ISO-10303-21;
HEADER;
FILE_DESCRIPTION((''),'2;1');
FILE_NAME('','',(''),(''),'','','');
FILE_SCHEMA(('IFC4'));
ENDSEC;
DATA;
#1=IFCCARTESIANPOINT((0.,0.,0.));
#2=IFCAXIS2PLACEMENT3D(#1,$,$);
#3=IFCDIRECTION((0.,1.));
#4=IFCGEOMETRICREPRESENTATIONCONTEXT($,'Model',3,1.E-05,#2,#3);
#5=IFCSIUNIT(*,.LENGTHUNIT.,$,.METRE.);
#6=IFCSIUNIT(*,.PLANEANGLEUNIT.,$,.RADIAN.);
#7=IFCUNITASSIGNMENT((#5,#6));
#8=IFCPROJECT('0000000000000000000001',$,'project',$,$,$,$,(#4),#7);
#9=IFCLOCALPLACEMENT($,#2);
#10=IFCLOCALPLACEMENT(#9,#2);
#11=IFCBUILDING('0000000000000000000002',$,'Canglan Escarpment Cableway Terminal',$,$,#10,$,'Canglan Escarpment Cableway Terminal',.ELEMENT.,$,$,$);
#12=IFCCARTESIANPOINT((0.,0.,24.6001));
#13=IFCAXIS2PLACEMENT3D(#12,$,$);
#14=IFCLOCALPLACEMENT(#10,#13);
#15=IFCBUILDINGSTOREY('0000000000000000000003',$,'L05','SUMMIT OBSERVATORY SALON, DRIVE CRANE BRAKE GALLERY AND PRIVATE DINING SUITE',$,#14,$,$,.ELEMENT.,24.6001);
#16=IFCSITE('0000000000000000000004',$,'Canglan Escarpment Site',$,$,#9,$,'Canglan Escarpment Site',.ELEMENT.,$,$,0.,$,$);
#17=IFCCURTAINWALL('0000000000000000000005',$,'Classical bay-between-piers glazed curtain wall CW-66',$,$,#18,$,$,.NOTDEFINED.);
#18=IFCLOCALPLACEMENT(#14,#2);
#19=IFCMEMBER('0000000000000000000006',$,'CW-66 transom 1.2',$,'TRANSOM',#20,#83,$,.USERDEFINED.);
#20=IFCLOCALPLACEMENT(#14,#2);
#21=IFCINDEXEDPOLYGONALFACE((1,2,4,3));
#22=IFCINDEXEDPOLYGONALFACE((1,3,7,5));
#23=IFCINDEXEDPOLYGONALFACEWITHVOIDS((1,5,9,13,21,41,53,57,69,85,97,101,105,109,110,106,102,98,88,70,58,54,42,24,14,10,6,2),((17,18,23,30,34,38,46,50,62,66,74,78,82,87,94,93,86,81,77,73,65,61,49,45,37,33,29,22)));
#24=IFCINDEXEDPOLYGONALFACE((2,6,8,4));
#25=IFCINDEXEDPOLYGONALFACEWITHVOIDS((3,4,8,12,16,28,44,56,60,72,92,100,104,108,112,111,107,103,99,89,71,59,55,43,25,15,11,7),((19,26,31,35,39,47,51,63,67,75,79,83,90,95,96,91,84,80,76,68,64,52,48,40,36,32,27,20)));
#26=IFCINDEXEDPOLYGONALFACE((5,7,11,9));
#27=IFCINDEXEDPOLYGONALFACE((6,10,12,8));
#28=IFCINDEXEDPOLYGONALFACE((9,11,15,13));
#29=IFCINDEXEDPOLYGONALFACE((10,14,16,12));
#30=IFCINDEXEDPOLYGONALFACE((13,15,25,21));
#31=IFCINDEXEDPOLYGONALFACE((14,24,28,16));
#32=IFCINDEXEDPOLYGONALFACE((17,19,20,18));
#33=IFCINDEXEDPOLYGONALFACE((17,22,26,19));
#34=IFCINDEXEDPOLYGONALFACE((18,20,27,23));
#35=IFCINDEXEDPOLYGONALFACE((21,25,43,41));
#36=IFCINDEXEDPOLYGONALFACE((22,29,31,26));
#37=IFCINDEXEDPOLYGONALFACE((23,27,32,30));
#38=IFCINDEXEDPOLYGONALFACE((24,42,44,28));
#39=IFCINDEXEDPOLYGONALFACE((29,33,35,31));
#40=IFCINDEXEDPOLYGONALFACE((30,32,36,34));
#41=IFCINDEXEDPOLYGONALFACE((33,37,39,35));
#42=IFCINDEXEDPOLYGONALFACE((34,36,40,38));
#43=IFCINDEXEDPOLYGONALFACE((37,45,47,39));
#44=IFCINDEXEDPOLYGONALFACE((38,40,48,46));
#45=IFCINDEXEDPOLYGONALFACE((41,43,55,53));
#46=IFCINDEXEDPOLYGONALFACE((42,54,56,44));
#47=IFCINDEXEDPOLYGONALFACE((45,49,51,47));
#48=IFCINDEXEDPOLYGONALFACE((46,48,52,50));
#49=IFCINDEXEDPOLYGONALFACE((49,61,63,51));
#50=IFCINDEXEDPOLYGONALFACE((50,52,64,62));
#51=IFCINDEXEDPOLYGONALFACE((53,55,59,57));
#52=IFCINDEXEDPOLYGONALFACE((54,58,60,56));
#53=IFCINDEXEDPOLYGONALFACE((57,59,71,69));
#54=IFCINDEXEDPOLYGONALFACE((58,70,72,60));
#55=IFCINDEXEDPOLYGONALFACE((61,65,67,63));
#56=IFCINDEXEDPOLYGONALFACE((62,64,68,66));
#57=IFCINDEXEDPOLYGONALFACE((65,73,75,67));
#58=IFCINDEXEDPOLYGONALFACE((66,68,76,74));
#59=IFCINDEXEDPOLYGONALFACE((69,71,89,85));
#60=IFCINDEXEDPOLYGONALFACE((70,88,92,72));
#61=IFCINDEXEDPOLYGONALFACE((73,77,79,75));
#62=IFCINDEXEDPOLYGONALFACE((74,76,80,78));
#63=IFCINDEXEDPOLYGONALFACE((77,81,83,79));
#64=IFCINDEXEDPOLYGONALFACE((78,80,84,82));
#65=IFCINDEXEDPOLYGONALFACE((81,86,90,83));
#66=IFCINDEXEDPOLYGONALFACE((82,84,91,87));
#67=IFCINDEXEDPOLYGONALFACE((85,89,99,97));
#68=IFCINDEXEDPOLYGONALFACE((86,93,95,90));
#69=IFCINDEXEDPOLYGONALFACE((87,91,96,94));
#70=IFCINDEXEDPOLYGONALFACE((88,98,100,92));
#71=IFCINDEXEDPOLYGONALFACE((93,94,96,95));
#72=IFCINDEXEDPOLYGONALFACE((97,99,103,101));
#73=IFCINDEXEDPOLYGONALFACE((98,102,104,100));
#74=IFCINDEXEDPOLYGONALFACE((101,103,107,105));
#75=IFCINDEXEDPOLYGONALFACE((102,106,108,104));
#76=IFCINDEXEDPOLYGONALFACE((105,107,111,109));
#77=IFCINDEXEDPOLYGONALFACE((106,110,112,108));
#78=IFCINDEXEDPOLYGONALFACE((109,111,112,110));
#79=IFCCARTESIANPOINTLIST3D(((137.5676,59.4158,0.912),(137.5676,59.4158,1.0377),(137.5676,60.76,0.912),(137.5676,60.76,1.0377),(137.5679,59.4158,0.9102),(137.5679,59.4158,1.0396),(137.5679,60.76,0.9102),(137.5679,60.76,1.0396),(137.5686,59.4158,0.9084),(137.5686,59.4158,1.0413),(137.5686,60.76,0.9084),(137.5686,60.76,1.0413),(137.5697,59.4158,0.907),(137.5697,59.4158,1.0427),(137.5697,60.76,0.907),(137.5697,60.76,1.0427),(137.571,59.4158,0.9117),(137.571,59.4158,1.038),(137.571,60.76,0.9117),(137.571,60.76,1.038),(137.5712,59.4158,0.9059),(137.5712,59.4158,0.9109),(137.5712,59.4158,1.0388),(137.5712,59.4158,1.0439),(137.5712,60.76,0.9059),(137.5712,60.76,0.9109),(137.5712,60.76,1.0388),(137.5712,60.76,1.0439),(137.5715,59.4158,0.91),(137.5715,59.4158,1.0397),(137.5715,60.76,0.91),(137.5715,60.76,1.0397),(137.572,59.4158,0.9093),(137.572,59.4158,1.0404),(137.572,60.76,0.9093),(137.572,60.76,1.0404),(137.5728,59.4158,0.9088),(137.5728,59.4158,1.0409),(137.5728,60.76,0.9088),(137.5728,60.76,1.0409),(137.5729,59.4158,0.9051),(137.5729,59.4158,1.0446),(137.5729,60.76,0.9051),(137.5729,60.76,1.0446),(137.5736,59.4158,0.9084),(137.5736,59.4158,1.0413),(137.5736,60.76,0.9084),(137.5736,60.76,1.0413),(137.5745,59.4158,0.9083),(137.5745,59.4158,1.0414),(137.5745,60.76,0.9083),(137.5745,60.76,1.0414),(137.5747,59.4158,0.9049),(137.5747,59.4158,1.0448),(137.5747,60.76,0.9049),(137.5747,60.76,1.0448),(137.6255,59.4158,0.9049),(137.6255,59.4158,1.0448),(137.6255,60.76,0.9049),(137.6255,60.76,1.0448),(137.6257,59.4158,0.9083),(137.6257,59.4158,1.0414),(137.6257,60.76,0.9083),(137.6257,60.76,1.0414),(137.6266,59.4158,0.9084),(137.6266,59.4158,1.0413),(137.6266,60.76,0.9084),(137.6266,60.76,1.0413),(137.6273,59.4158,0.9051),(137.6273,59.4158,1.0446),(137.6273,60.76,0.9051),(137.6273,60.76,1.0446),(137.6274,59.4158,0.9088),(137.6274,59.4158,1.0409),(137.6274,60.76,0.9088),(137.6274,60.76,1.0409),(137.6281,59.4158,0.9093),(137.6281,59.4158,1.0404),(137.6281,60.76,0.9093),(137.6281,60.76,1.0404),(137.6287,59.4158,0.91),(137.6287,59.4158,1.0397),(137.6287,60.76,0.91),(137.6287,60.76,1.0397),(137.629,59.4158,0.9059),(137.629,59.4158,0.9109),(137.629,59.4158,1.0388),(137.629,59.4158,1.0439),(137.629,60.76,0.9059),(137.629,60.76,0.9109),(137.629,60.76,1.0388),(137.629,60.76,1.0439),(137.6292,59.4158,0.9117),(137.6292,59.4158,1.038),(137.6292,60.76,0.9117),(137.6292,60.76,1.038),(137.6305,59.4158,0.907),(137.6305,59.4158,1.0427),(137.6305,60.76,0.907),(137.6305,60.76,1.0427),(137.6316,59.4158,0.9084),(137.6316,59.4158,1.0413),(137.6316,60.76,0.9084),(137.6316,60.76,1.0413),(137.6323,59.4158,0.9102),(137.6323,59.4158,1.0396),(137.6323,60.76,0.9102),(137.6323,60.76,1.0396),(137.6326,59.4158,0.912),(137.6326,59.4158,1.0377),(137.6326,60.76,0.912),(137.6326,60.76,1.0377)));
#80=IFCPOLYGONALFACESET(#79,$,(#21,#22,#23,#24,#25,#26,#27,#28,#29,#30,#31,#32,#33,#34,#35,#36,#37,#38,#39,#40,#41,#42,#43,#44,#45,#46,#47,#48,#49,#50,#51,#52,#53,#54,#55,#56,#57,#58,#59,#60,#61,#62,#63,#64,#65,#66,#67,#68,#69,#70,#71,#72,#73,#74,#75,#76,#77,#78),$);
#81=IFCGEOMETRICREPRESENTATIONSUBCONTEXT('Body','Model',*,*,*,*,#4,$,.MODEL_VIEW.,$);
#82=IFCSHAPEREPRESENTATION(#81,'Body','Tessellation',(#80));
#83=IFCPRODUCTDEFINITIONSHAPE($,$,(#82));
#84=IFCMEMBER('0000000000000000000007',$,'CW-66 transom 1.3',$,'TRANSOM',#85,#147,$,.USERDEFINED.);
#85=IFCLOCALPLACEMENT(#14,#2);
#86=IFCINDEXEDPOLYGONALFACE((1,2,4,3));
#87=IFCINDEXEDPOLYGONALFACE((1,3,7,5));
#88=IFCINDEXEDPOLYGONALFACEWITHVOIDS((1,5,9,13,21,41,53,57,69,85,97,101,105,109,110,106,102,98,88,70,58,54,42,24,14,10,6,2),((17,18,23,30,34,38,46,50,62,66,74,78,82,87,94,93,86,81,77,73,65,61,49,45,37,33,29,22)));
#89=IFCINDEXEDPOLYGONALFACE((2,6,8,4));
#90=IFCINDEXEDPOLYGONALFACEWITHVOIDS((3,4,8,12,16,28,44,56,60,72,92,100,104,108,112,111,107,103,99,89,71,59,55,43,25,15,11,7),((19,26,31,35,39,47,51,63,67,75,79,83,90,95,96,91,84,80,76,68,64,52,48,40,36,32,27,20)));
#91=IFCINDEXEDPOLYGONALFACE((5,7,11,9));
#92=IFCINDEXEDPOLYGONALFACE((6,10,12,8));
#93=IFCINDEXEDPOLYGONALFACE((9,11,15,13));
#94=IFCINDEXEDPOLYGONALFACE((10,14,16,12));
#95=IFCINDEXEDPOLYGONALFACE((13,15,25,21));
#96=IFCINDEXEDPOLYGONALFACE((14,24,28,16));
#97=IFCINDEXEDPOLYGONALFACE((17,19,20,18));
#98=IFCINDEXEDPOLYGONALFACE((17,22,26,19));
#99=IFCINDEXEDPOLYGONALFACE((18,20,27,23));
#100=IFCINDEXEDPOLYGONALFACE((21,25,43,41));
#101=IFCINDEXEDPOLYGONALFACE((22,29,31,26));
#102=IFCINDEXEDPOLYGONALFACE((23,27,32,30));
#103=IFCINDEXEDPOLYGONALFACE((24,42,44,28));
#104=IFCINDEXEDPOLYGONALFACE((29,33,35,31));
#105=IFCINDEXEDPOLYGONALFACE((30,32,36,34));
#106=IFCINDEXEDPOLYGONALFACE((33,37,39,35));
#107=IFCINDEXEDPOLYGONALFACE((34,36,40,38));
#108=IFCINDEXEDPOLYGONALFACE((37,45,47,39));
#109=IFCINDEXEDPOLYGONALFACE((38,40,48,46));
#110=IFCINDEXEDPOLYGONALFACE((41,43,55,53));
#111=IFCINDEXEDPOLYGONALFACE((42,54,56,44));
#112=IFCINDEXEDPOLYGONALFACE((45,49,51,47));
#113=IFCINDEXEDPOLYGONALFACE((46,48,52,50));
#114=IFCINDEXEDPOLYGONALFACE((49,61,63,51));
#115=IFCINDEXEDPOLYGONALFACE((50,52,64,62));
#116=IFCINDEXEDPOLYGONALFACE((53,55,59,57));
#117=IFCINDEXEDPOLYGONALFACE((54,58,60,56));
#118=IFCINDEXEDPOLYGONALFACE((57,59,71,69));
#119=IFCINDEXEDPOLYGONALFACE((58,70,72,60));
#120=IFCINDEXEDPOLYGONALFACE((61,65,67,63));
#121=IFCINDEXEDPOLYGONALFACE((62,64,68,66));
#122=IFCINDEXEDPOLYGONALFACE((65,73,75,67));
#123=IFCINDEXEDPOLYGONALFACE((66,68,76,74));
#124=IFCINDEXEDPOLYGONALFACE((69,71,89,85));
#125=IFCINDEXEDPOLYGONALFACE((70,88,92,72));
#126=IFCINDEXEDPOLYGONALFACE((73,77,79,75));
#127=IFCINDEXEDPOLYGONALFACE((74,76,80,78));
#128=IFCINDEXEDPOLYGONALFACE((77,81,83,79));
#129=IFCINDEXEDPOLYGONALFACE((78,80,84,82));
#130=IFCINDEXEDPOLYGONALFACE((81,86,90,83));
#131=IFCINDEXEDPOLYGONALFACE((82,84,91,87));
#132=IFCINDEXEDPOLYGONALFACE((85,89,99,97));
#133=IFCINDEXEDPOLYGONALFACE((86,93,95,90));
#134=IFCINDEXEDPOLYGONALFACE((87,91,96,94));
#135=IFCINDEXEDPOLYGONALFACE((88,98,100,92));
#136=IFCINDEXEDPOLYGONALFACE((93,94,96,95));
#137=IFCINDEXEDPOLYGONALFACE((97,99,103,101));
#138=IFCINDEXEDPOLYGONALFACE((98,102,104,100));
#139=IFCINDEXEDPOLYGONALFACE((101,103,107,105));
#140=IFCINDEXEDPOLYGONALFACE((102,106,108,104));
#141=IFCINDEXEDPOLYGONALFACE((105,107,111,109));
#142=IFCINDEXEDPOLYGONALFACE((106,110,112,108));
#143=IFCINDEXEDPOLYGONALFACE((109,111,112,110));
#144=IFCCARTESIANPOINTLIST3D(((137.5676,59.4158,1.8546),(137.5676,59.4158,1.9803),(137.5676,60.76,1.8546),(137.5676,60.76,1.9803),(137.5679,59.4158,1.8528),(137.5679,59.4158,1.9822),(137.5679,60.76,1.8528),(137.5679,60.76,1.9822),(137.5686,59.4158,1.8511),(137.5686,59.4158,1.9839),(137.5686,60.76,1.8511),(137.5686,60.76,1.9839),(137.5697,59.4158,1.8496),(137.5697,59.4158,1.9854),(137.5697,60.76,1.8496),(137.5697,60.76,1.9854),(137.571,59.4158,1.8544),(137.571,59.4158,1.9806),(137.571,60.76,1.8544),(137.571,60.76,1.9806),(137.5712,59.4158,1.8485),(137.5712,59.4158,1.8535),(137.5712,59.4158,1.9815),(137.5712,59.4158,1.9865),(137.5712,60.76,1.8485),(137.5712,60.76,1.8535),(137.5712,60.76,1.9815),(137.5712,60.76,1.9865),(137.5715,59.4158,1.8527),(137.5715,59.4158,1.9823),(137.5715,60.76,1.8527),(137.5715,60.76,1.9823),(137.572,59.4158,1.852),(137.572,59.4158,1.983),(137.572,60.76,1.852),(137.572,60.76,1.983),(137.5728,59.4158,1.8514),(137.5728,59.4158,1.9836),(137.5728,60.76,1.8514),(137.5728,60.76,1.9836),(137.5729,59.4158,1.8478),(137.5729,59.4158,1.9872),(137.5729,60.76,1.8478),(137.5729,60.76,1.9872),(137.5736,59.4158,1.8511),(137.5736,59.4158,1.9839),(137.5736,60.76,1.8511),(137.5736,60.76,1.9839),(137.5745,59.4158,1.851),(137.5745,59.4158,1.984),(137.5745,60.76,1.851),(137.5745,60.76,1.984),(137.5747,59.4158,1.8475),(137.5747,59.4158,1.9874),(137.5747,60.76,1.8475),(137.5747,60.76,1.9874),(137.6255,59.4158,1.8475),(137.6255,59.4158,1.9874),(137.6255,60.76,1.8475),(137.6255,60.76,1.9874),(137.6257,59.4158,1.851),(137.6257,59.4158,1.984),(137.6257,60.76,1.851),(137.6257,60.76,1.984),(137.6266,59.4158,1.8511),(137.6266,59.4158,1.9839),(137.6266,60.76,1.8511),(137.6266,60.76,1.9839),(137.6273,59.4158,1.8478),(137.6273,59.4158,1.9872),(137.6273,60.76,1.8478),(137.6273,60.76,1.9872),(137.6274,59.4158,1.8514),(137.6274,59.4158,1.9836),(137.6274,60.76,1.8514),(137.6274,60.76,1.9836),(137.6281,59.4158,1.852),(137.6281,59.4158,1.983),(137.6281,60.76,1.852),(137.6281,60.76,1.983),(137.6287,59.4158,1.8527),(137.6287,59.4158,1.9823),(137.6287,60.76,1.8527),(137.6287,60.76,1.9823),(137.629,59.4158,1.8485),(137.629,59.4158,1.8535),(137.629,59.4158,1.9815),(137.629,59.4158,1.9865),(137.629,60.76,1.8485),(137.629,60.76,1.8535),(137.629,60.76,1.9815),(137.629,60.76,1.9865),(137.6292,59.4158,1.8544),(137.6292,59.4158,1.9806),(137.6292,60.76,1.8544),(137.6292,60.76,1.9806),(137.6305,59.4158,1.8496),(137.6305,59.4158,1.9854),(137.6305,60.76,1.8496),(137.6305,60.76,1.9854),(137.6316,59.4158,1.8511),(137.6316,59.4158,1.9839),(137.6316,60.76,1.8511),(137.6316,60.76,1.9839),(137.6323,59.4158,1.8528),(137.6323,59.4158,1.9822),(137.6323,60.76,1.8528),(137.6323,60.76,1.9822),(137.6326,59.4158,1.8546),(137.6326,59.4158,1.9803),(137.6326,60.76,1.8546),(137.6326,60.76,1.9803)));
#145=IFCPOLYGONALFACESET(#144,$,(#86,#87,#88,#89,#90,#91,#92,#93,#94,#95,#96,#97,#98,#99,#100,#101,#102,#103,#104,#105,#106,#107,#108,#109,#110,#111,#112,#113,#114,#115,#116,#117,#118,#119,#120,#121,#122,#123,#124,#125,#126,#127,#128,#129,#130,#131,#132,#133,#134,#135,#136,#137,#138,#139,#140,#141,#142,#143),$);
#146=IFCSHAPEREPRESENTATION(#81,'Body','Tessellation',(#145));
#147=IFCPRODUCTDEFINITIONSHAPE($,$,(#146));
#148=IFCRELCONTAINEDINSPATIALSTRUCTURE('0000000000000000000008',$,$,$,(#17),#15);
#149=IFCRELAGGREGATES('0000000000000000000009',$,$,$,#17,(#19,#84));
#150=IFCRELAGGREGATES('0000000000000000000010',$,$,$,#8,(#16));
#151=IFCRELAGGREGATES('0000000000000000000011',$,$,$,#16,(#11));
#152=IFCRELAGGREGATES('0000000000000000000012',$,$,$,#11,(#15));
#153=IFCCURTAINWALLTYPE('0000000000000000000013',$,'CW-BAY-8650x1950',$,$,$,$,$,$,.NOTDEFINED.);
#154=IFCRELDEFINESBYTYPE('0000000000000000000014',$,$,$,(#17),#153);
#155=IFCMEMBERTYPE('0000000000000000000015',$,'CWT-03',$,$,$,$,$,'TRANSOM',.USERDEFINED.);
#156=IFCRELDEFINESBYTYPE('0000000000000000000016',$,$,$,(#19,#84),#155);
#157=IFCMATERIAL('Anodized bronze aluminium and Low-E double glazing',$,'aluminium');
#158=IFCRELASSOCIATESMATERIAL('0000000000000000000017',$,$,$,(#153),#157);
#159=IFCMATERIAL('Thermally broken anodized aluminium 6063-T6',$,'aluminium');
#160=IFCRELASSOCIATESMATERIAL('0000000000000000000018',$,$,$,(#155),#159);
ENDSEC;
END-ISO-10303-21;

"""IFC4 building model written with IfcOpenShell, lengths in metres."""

from ifc_helpers import new_model, si_unit, direction, frame, origin, origin_2d, place, context, subcontext, project, spatial, hollow_rectangle, extrude, material, material_profile, profile_set, type_object, element, aggregate, save


model = new_model("IFC4")

# Units and contexts
model_context = context("Model", 3, precision=1e-05, world=origin(), true_north=direction((0.0, 1.0)))
body_context = subcontext(model_context, "Body", "Model", "MODEL_VIEW")
ifc_project = project(units=[si_unit("LENGTHUNIT", "METRE"), si_unit("PLANEANGLEUNIT", "RADIAN")], contexts=[model_context])

# Site, building, storey
site_placement = place(None, origin())
site = spatial("IfcSite", under=ifc_project, at=site_placement, Name="Canglan Escarpment Site", LongName="Canglan Escarpment Site", CompositionType="ELEMENT", RefElevation=0.0)
building_placement = place(site_placement, origin())
building = spatial("IfcBuilding", under=site, at=building_placement, Name="Canglan Escarpment Cableway Terminal", LongName="Canglan Escarpment Cableway Terminal", CompositionType="ELEMENT")
storey_placement = place(building_placement, frame((0.0, 0.0, 24.6001)))
storey = spatial("IfcBuildingStorey", under=building, at=storey_placement, Name="L05", Description="SUMMIT OBSERVATORY SALON, DRIVE CRANE BRAKE GALLERY AND PRIVATE DINING SUITE", CompositionType="ELEMENT", Elevation=24.6001)

# Curtain wall, members
ifc_material_1 = material(Name="Anodized bronze aluminium and Low-E double glazing", Category="aluminium")
curtain_wall_type = type_object("IfcCurtainWallType", Name="CW-BAY-8650x1950", PredefinedType="NOTDEFINED", material=ifc_material_1)
curtain_wall_placement = place(storey_placement, origin())
curtain_wall = element("IfcCurtainWall", 1, at=curtain_wall_placement, inside=storey, type_object=curtain_wall_type, Name="Classical bay-between-piers glazed curtain wall CW-66", PredefinedType="NOTDEFINED")
ifc_material_2 = material(Name="Thermally broken anodized aluminium 6063-T6", Category="aluminium")
ifc_material_profile_1 = material_profile(ifc_material_2, hollow_rectangle(XDim=0.0649, YDim=0.1399, WallThickness=0.0034, InnerFilletRadius=0.0034, OuterFilletRadius=0.0071, at=origin_2d()), Name="ALU-TRAN 65x140x3.5")
ifc_profile_set_1 = profile_set([ifc_material_profile_1], Name="Thermally broken anodized aluminium 6063-T6")
member_type_1 = type_object("IfcMemberType", Name="CWT-03", ElementType="TRANSOM", PredefinedType="USERDEFINED", material=ifc_profile_set_1)
member_1_placement = place(storey_placement, frame((137.6001, 60.76, 0.9749), z_axis=(0.0, -1.0, 0.0), x_axis=(1.0, 0.0, 0.0)))
member_1 = element("IfcMember", 2, at=member_1_placement, type_object=member_type_1, Name="CW-66 transom 1.2", ObjectType="TRANSOM", PredefinedType="USERDEFINED", context=body_context, shape_type="SweptSolid", body=[
    extrude(hollow_rectangle(XDim=0.0649, YDim=0.1399, WallThickness=0.0034, InnerFilletRadius=0.0034, OuterFilletRadius=0.0071, at=origin_2d()), origin(), (0.0, 0.0, 1.0), 1.3442),
])
member_2_placement = place(storey_placement, frame((137.6001, 60.76, 1.9175), z_axis=(0.0, -1.0, 0.0), x_axis=(1.0, 0.0, 0.0)))
member_2 = element("IfcMember", 3, at=member_2_placement, type_object=member_type_1, Name="CW-66 transom 1.3", ObjectType="TRANSOM", PredefinedType="USERDEFINED", context=body_context, shape_type="SweptSolid", body=[
    extrude(hollow_rectangle(XDim=0.0649, YDim=0.1399, WallThickness=0.0034, InnerFilletRadius=0.0034, OuterFilletRadius=0.0071, at=origin_2d()), origin(), (0.0, 0.0, 1.0), 1.3442),
])

aggregate(curtain_wall, [member_1, member_2])

save(model, "model.ifc")
